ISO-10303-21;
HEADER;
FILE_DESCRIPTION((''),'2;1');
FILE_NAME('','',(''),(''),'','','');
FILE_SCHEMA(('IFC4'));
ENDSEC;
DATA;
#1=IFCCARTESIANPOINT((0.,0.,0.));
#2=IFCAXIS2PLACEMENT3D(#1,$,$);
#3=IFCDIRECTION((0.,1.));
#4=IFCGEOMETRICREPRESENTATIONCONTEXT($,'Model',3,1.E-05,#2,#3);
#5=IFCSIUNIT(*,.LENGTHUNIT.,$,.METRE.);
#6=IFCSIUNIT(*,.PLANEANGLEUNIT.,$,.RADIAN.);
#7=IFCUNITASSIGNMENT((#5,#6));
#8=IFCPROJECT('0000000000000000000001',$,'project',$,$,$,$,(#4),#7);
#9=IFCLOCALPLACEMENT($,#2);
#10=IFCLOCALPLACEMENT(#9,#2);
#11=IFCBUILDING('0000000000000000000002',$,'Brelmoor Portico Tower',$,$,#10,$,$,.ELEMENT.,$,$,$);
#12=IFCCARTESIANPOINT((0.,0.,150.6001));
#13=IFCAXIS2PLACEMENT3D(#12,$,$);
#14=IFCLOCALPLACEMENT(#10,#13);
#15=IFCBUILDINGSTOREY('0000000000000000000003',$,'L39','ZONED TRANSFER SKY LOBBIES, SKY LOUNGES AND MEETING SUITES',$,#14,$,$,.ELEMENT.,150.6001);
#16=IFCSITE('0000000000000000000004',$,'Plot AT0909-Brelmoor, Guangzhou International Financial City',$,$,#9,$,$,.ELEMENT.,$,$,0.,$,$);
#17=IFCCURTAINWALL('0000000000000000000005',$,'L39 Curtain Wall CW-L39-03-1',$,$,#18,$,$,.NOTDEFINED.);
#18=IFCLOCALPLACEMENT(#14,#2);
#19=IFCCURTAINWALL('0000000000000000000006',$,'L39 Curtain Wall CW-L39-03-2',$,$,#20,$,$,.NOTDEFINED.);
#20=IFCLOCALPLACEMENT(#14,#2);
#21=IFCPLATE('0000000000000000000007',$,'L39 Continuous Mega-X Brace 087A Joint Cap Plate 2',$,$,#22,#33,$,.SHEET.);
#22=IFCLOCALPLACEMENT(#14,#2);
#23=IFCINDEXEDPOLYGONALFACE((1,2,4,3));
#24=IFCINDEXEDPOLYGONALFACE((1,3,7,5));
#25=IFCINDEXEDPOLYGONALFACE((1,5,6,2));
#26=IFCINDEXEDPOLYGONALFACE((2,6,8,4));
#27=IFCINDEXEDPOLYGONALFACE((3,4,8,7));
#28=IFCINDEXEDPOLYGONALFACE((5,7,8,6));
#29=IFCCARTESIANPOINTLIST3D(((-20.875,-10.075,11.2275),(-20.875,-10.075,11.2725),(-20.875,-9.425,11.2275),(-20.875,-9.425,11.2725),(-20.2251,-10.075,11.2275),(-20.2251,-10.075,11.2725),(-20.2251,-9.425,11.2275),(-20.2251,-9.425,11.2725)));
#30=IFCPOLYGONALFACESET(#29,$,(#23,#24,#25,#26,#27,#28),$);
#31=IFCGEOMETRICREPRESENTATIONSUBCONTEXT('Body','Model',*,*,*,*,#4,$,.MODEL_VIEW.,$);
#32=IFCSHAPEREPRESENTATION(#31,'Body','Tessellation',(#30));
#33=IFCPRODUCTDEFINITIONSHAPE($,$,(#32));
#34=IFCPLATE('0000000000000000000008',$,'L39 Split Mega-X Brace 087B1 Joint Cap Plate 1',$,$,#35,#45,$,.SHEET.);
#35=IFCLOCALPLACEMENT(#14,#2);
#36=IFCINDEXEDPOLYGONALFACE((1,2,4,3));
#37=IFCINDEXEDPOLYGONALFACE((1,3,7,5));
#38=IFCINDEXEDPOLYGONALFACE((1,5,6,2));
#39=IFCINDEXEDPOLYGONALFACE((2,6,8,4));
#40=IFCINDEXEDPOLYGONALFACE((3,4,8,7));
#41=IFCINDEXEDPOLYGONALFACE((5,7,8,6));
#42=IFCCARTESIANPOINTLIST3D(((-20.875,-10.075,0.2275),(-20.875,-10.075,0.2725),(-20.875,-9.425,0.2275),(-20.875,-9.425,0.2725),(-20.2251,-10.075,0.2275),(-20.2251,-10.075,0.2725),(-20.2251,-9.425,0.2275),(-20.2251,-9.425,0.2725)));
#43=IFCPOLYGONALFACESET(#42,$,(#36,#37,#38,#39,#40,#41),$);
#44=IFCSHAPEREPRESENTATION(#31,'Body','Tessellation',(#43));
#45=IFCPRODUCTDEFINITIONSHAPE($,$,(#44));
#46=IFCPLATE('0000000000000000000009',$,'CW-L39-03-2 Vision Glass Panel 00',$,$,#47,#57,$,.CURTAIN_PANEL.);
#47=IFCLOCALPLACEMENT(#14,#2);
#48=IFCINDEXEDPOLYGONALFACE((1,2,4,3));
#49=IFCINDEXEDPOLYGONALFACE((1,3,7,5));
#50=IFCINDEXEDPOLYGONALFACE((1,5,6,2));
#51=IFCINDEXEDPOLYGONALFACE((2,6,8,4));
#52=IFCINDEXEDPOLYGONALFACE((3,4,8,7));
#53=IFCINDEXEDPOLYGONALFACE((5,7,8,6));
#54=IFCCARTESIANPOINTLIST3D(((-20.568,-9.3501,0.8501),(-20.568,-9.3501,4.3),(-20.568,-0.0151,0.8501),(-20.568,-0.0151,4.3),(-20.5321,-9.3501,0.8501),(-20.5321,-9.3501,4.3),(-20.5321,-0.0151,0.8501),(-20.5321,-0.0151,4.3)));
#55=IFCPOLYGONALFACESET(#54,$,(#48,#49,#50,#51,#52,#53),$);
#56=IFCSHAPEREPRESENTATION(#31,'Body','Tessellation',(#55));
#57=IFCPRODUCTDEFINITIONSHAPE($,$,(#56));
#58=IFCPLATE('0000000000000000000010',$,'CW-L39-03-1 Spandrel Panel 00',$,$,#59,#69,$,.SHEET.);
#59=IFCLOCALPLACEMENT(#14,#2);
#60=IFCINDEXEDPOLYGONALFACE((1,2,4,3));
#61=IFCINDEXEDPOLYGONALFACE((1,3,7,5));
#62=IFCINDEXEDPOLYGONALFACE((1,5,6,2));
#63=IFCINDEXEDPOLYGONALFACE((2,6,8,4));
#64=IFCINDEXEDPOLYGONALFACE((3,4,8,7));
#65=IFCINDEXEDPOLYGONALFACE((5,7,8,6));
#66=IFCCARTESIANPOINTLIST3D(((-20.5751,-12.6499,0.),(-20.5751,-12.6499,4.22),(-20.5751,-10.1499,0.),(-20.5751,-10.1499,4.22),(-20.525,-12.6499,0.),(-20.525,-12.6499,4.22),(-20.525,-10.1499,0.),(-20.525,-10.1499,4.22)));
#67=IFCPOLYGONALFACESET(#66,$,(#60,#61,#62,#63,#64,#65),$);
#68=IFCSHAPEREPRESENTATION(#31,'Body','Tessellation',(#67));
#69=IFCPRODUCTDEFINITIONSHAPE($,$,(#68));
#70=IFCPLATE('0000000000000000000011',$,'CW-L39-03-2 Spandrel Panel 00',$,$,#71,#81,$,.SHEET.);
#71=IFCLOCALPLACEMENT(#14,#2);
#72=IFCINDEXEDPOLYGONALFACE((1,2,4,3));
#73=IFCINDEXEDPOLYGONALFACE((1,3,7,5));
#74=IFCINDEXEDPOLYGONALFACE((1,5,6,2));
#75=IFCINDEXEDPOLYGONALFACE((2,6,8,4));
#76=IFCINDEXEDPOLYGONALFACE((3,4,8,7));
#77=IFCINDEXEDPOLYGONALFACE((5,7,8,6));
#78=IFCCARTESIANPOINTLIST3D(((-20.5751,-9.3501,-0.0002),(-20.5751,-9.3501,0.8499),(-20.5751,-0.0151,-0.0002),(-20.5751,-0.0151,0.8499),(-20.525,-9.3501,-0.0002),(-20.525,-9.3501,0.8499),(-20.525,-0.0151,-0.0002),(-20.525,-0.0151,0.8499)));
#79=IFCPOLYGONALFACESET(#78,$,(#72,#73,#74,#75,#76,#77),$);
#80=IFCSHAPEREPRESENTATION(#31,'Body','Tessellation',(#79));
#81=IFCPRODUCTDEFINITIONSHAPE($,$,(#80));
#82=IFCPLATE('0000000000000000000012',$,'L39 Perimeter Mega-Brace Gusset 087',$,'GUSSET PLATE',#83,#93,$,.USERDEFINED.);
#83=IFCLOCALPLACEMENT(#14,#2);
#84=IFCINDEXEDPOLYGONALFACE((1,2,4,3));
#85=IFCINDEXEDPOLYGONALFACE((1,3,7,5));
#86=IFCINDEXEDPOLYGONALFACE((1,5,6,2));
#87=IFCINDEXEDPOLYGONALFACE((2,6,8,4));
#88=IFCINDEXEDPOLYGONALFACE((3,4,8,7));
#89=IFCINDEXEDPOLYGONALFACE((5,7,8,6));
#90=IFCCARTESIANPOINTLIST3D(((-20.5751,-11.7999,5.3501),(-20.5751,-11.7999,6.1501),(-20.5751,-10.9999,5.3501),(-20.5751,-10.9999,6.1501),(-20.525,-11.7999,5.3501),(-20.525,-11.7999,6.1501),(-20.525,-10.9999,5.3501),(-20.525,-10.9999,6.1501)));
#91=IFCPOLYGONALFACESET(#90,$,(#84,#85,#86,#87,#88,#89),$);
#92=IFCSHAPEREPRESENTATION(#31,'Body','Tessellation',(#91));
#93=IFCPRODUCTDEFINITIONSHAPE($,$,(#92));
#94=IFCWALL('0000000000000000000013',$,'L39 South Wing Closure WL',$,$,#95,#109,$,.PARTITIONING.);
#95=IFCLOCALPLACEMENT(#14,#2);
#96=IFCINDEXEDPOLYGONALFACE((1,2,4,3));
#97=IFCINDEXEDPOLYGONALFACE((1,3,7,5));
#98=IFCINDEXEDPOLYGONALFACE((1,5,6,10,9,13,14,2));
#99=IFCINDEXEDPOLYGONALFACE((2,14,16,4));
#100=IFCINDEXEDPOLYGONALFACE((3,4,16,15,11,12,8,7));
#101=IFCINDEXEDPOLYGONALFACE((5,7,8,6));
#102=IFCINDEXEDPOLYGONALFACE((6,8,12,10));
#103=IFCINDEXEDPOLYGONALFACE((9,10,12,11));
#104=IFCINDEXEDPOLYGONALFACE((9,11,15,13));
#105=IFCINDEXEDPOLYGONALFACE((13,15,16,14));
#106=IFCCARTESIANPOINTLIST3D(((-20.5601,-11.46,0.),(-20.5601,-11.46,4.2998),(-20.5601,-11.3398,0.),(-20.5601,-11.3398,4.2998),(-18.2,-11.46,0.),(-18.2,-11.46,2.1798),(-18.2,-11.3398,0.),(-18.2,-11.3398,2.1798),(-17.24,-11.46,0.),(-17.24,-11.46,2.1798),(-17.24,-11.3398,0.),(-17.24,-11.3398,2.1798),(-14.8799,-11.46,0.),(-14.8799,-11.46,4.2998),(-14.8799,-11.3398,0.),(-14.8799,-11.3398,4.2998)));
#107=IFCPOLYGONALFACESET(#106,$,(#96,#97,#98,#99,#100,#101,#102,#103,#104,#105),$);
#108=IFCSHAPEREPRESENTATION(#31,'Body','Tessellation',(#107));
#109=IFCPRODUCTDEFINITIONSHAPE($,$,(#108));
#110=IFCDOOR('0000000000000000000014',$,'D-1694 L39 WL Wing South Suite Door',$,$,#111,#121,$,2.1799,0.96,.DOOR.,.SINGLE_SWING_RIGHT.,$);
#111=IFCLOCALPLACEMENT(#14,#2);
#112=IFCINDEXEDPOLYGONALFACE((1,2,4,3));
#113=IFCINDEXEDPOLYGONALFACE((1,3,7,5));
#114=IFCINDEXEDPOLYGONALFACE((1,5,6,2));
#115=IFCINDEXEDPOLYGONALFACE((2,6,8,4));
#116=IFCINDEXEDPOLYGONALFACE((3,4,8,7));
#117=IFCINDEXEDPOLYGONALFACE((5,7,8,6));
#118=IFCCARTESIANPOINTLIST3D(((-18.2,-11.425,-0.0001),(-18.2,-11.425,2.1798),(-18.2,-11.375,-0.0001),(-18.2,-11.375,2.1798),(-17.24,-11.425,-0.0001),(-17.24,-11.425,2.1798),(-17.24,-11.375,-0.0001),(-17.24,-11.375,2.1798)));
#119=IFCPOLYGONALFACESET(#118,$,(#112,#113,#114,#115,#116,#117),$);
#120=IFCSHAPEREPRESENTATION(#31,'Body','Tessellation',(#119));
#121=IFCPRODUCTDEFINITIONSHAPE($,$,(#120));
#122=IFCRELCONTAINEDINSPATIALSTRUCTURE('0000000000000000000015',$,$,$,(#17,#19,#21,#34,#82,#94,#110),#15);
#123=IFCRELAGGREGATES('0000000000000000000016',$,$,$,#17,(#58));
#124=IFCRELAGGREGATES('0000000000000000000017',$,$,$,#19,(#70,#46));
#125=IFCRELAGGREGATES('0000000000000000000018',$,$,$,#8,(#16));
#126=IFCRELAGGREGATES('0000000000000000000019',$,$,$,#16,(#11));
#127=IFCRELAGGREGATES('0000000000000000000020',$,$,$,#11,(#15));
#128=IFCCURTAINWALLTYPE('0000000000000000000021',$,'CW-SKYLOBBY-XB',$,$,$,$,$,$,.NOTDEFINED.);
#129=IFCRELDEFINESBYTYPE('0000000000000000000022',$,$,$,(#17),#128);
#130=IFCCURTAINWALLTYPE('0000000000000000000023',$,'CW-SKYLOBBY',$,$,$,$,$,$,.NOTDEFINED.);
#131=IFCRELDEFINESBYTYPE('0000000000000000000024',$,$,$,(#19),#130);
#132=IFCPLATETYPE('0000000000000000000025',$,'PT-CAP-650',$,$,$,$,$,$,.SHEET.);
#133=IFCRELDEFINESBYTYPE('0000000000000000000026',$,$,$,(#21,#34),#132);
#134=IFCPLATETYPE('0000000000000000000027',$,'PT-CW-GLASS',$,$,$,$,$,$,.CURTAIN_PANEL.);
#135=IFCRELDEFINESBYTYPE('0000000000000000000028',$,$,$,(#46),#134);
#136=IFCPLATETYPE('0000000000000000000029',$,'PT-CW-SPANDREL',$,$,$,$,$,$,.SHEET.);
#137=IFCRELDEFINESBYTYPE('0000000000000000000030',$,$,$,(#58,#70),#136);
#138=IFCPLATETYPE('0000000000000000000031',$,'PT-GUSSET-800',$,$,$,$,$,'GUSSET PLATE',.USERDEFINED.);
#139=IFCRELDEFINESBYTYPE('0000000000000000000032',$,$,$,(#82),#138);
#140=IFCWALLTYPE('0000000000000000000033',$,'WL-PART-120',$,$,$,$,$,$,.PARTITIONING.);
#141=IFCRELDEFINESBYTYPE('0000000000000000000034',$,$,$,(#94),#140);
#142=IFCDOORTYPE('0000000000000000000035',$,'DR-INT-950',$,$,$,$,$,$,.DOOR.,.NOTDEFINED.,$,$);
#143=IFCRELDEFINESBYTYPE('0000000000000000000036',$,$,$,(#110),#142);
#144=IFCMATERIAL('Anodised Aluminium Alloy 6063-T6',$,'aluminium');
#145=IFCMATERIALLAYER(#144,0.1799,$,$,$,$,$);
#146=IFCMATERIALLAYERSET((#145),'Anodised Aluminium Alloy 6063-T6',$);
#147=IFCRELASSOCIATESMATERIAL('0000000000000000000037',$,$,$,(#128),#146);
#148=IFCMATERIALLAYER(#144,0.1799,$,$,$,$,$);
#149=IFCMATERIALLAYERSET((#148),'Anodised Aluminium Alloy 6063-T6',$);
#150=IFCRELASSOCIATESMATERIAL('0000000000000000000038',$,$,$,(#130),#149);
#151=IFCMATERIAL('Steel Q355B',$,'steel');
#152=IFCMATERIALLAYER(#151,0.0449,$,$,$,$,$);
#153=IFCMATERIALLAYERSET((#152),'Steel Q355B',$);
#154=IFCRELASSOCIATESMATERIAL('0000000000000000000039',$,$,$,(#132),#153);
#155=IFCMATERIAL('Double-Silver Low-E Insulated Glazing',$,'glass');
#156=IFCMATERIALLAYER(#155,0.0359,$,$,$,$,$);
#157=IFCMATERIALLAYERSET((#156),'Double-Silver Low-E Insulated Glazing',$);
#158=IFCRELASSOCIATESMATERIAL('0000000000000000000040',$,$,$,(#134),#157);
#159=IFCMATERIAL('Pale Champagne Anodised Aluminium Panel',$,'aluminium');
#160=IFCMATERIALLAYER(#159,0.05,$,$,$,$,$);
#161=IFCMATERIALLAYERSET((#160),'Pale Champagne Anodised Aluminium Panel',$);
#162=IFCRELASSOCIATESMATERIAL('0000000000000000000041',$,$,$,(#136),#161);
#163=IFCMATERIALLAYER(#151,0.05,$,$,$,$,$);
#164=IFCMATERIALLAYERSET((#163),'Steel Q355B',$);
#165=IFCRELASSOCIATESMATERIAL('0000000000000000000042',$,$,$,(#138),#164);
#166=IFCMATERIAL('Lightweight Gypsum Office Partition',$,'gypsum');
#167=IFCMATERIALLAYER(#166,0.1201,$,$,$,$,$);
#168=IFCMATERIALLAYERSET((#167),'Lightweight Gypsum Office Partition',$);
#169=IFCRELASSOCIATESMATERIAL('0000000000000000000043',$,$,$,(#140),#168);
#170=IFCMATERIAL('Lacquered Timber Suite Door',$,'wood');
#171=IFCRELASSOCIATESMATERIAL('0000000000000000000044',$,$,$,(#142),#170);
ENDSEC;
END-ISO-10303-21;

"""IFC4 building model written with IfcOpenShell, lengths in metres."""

from ifc_helpers import new_model, si_unit, direction, frame, frame_2d, origin, origin_2d, place, context, subcontext, project, spatial, rectangle, extrude, material, layer, layer_set, type_object, element, fill, aggregate, save


model = new_model("IFC4")

# Units and contexts
model_context = context("Model", 3, precision=1e-05, world=origin(), true_north=direction((0.0, 1.0)))
body_context = subcontext(model_context, "Body", "Model", "MODEL_VIEW")
ifc_project = project(units=[si_unit("LENGTHUNIT", "METRE"), si_unit("PLANEANGLEUNIT", "RADIAN")], contexts=[model_context])

# Site, building, storey
site_placement = place(None, origin())
site = spatial("IfcSite", under=ifc_project, at=site_placement, Name="Plot AT0909-Brelmoor, Guangzhou International Financial City", CompositionType="ELEMENT", RefElevation=0.0)
building_placement = place(site_placement, origin())
building = spatial("IfcBuilding", under=site, at=building_placement, Name="Brelmoor Portico Tower", CompositionType="ELEMENT")
storey_placement = place(building_placement, frame((0.0, 0.0, 150.6001)))
storey = spatial("IfcBuildingStorey", under=building, at=storey_placement, Name="L39", Description="ZONED TRANSFER SKY LOBBIES, SKY LOUNGES AND MEETING SUITES", CompositionType="ELEMENT", Elevation=150.6001)

# Shared definitions
ifc_material_1 = material(Name="Steel Q355B", Category="steel")

# Curtain wall
ifc_material_2 = material(Name="Anodised Aluminium Alloy 6063-T6", Category="aluminium")
ifc_layer_1 = layer(ifc_material_2, 0.1799)
ifc_layer_set_1 = layer_set([ifc_layer_1], Name="Anodised Aluminium Alloy 6063-T6")
curtain_wall_type_1 = type_object("IfcCurtainWallType", Name="CW-SKYLOBBY-XB", PredefinedType="NOTDEFINED", material=ifc_layer_set_1)
curtain_wall_1_placement = place(storey_placement, origin())
curtain_wall_1 = element("IfcCurtainWall", 1, at=curtain_wall_1_placement, inside=storey, type_object=curtain_wall_type_1, Name="L39 Curtain Wall CW-L39-03-1", PredefinedType="NOTDEFINED")

# Curtain wall
ifc_layer_2 = layer(ifc_material_2, 0.1799)
ifc_layer_set_2 = layer_set([ifc_layer_2], Name="Anodised Aluminium Alloy 6063-T6")
curtain_wall_type_2 = type_object("IfcCurtainWallType", Name="CW-SKYLOBBY", PredefinedType="NOTDEFINED", material=ifc_layer_set_2)
curtain_wall_2_placement = place(storey_placement, origin())
curtain_wall_2 = element("IfcCurtainWall", 2, at=curtain_wall_2_placement, inside=storey, type_object=curtain_wall_type_2, Name="L39 Curtain Wall CW-L39-03-2", PredefinedType="NOTDEFINED")

# Plates
ifc_layer_3 = layer(ifc_material_1, 0.0449)
ifc_layer_set_3 = layer_set([ifc_layer_3], Name="Steel Q355B")
plate_type_1 = type_object("IfcPlateType", Name="PT-CAP-650", PredefinedType="SHEET", material=ifc_layer_set_3)
for number, where, z_axis, x_axis, name in (
    (3, (-20.55, -9.75, 11.2275), (0.0, 0.0, 1.0), (1.0, 0.0, 0.0), "L39 Continuous Mega-X Brace 087A Joint Cap Plate 2"),
    (4, (-20.55, -9.75, 0.2275), (0.0, 0.0, 1.0), (1.0, 0.0, 0.0), "L39 Split Mega-X Brace 087B1 Joint Cap Plate 1"),
):
    element("IfcPlate", number, at=place(storey_placement, frame(where, z_axis=z_axis, x_axis=x_axis)), inside=storey, type_object=plate_type_1, Name=name, PredefinedType="SHEET", context=body_context, shape_type="SweptSolid", body=[
        extrude(rectangle(XDim=0.6499, YDim=0.6499, at=origin_2d()), origin(), (0.0, 0.0, 1.0), 0.0449),
    ])

# Plates
ifc_material_3 = material(Name="Double-Silver Low-E Insulated Glazing", Category="glass")
ifc_layer_4 = layer(ifc_material_3, 0.0359)
ifc_layer_set_4 = layer_set([ifc_layer_4], Name="Double-Silver Low-E Insulated Glazing")
plate_type_2 = type_object("IfcPlateType", Name="PT-CW-GLASS", PredefinedType="CURTAIN_PANEL", material=ifc_layer_set_4)
plate_1_placement = place(storey_placement, frame((-20.55, -4.6826, 0.8501), z_axis=(0.0, 0.0, 1.0), x_axis=(0.0, 1.0, 0.0)))
plate_1 = element("IfcPlate", 5, at=plate_1_placement, type_object=plate_type_2, Name="CW-L39-03-2 Vision Glass Panel 00", PredefinedType="CURTAIN_PANEL", context=body_context, shape_type="SweptSolid", body=[
    extrude(rectangle(XDim=9.335, YDim=0.0359, at=origin_2d()), origin(), (0.0, 0.0, 1.0), 3.45),
])
ifc_material_4 = material(Name="Pale Champagne Anodised Aluminium Panel", Category="aluminium")
ifc_layer_5 = layer(ifc_material_4, 0.05)
ifc_layer_set_5 = layer_set([ifc_layer_5], Name="Pale Champagne Anodised Aluminium Panel")
plate_type_3 = type_object("IfcPlateType", Name="PT-CW-SPANDREL", PredefinedType="SHEET", material=ifc_layer_set_5)
plate_2_placement = place(storey_placement, frame((-20.55, -11.3999, 0.0), z_axis=(0.0, 0.0, 1.0), x_axis=(0.0, 1.0, 0.0)))
plate_2 = element("IfcPlate", 6, at=plate_2_placement, type_object=plate_type_3, Name="CW-L39-03-1 Spandrel Panel 00", PredefinedType="SHEET", context=body_context, shape_type="SweptSolid", body=[
    extrude(rectangle(XDim=2.5, YDim=0.05, at=origin_2d()), origin(), (0.0, 0.0, 1.0), 4.22),
])
aggregate(curtain_wall_1, [plate_2])
plate_3_placement = place(storey_placement, frame((-20.55, -4.6826, -0.0002), z_axis=(0.0, 0.0, 1.0), x_axis=(0.0, 1.0, 0.0)))
plate_3 = element("IfcPlate", 7, at=plate_3_placement, type_object=plate_type_3, Name="CW-L39-03-2 Spandrel Panel 00", PredefinedType="SHEET", context=body_context, shape_type="SweptSolid", body=[
    extrude(rectangle(XDim=9.335, YDim=0.05, at=origin_2d()), origin(), (0.0, 0.0, 1.0), 0.8501),
])
aggregate(curtain_wall_2, [plate_3, plate_1])
ifc_layer_6 = layer(ifc_material_1, 0.05)
ifc_layer_set_6 = layer_set([ifc_layer_6], Name="Steel Q355B")
plate_type_4 = type_object("IfcPlateType", Name="PT-GUSSET-800", ElementType="GUSSET PLATE", PredefinedType="USERDEFINED", material=ifc_layer_set_6)
plate_4_placement = place(storey_placement, frame((-20.55, -11.3999, 5.3501), z_axis=(0.0, 0.0, 1.0), x_axis=(1.0, 0.0, 0.0)))
element("IfcPlate", 8, at=plate_4_placement, inside=storey, type_object=plate_type_4, Name="L39 Perimeter Mega-Brace Gusset 087", ObjectType="GUSSET PLATE", PredefinedType="USERDEFINED", context=body_context, shape_type="SweptSolid", body=[
    extrude(rectangle(XDim=0.05, YDim=0.8, at=origin_2d()), origin(), (0.0, 0.0, 1.0), 0.8),
])

# Wall, opening, door
ifc_material_5 = material(Name="Lightweight Gypsum Office Partition", Category="gypsum")
ifc_layer_7 = layer(ifc_material_5, 0.1201)
ifc_layer_set_7 = layer_set([ifc_layer_7], Name="Lightweight Gypsum Office Partition")
wall_type = type_object("IfcWallType", Name="WL-PART-120", PredefinedType="PARTITIONING", material=ifc_layer_set_7)
wall_placement = place(storey_placement, frame((-20.5601, -11.3999, 0.0), z_axis=(0.0, 0.0, 1.0), x_axis=(1.0, 0.0, 0.0)))
wall = element("IfcWall", 9, at=wall_placement, inside=storey, type_object=wall_type, Name="L39 South Wing Closure WL", PredefinedType="PARTITIONING", context=body_context, shape_type="SweptSolid", body=[
    extrude(rectangle(XDim=5.6802, YDim=0.1201, at=frame_2d((2.8401, 0.0))), origin(), (0.0, 0.0, 1.0), 4.2998),
])
opening_placement = place(wall_placement, frame((2.3601, 0.0, 0.0)))
opening = element("IfcOpeningElement", 10, at=opening_placement, cuts=wall, PredefinedType="OPENING", context=body_context, shape_type="SweptSolid", body=[
    extrude(rectangle(XDim=0.96, YDim=2.1799, at=frame_2d((0.48, 1.0898))), frame((0.0, 0.0701, 0.0), z_axis=(0.0, -1.0, 0.0), x_axis=(1.0, 0.0, 0.0)), (0.0, 0.0, 1.0), 0.1401),
])
ifc_material_6 = material(Name="Lacquered Timber Suite Door", Category="wood")
door_type = type_object("IfcDoorType", Name="DR-INT-950", OperationType="NOTDEFINED", PredefinedType="DOOR", material=ifc_material_6)
door_placement = place(opening_placement, origin())
door = element("IfcDoor", 11, at=door_placement, inside=storey, type_object=door_type, Name="D-1694 L39 WL Wing South Suite Door", OperationType="SINGLE_SWING_RIGHT", OverallHeight=2.1799, OverallWidth=0.96, PredefinedType="DOOR", context=body_context, shape_type="SweptSolid", body=[
    extrude(rectangle(XDim=0.96, YDim=2.1799, at=frame_2d((0.48, 1.0898))), frame((0.0, 0.0249, 0.0), z_axis=(0.0, -1.0, 0.0), x_axis=(1.0, 0.0, 0.0)), (0.0, 0.0, 1.0), 0.05),
])
fill(opening, door)

save(model, "model.ifc")
